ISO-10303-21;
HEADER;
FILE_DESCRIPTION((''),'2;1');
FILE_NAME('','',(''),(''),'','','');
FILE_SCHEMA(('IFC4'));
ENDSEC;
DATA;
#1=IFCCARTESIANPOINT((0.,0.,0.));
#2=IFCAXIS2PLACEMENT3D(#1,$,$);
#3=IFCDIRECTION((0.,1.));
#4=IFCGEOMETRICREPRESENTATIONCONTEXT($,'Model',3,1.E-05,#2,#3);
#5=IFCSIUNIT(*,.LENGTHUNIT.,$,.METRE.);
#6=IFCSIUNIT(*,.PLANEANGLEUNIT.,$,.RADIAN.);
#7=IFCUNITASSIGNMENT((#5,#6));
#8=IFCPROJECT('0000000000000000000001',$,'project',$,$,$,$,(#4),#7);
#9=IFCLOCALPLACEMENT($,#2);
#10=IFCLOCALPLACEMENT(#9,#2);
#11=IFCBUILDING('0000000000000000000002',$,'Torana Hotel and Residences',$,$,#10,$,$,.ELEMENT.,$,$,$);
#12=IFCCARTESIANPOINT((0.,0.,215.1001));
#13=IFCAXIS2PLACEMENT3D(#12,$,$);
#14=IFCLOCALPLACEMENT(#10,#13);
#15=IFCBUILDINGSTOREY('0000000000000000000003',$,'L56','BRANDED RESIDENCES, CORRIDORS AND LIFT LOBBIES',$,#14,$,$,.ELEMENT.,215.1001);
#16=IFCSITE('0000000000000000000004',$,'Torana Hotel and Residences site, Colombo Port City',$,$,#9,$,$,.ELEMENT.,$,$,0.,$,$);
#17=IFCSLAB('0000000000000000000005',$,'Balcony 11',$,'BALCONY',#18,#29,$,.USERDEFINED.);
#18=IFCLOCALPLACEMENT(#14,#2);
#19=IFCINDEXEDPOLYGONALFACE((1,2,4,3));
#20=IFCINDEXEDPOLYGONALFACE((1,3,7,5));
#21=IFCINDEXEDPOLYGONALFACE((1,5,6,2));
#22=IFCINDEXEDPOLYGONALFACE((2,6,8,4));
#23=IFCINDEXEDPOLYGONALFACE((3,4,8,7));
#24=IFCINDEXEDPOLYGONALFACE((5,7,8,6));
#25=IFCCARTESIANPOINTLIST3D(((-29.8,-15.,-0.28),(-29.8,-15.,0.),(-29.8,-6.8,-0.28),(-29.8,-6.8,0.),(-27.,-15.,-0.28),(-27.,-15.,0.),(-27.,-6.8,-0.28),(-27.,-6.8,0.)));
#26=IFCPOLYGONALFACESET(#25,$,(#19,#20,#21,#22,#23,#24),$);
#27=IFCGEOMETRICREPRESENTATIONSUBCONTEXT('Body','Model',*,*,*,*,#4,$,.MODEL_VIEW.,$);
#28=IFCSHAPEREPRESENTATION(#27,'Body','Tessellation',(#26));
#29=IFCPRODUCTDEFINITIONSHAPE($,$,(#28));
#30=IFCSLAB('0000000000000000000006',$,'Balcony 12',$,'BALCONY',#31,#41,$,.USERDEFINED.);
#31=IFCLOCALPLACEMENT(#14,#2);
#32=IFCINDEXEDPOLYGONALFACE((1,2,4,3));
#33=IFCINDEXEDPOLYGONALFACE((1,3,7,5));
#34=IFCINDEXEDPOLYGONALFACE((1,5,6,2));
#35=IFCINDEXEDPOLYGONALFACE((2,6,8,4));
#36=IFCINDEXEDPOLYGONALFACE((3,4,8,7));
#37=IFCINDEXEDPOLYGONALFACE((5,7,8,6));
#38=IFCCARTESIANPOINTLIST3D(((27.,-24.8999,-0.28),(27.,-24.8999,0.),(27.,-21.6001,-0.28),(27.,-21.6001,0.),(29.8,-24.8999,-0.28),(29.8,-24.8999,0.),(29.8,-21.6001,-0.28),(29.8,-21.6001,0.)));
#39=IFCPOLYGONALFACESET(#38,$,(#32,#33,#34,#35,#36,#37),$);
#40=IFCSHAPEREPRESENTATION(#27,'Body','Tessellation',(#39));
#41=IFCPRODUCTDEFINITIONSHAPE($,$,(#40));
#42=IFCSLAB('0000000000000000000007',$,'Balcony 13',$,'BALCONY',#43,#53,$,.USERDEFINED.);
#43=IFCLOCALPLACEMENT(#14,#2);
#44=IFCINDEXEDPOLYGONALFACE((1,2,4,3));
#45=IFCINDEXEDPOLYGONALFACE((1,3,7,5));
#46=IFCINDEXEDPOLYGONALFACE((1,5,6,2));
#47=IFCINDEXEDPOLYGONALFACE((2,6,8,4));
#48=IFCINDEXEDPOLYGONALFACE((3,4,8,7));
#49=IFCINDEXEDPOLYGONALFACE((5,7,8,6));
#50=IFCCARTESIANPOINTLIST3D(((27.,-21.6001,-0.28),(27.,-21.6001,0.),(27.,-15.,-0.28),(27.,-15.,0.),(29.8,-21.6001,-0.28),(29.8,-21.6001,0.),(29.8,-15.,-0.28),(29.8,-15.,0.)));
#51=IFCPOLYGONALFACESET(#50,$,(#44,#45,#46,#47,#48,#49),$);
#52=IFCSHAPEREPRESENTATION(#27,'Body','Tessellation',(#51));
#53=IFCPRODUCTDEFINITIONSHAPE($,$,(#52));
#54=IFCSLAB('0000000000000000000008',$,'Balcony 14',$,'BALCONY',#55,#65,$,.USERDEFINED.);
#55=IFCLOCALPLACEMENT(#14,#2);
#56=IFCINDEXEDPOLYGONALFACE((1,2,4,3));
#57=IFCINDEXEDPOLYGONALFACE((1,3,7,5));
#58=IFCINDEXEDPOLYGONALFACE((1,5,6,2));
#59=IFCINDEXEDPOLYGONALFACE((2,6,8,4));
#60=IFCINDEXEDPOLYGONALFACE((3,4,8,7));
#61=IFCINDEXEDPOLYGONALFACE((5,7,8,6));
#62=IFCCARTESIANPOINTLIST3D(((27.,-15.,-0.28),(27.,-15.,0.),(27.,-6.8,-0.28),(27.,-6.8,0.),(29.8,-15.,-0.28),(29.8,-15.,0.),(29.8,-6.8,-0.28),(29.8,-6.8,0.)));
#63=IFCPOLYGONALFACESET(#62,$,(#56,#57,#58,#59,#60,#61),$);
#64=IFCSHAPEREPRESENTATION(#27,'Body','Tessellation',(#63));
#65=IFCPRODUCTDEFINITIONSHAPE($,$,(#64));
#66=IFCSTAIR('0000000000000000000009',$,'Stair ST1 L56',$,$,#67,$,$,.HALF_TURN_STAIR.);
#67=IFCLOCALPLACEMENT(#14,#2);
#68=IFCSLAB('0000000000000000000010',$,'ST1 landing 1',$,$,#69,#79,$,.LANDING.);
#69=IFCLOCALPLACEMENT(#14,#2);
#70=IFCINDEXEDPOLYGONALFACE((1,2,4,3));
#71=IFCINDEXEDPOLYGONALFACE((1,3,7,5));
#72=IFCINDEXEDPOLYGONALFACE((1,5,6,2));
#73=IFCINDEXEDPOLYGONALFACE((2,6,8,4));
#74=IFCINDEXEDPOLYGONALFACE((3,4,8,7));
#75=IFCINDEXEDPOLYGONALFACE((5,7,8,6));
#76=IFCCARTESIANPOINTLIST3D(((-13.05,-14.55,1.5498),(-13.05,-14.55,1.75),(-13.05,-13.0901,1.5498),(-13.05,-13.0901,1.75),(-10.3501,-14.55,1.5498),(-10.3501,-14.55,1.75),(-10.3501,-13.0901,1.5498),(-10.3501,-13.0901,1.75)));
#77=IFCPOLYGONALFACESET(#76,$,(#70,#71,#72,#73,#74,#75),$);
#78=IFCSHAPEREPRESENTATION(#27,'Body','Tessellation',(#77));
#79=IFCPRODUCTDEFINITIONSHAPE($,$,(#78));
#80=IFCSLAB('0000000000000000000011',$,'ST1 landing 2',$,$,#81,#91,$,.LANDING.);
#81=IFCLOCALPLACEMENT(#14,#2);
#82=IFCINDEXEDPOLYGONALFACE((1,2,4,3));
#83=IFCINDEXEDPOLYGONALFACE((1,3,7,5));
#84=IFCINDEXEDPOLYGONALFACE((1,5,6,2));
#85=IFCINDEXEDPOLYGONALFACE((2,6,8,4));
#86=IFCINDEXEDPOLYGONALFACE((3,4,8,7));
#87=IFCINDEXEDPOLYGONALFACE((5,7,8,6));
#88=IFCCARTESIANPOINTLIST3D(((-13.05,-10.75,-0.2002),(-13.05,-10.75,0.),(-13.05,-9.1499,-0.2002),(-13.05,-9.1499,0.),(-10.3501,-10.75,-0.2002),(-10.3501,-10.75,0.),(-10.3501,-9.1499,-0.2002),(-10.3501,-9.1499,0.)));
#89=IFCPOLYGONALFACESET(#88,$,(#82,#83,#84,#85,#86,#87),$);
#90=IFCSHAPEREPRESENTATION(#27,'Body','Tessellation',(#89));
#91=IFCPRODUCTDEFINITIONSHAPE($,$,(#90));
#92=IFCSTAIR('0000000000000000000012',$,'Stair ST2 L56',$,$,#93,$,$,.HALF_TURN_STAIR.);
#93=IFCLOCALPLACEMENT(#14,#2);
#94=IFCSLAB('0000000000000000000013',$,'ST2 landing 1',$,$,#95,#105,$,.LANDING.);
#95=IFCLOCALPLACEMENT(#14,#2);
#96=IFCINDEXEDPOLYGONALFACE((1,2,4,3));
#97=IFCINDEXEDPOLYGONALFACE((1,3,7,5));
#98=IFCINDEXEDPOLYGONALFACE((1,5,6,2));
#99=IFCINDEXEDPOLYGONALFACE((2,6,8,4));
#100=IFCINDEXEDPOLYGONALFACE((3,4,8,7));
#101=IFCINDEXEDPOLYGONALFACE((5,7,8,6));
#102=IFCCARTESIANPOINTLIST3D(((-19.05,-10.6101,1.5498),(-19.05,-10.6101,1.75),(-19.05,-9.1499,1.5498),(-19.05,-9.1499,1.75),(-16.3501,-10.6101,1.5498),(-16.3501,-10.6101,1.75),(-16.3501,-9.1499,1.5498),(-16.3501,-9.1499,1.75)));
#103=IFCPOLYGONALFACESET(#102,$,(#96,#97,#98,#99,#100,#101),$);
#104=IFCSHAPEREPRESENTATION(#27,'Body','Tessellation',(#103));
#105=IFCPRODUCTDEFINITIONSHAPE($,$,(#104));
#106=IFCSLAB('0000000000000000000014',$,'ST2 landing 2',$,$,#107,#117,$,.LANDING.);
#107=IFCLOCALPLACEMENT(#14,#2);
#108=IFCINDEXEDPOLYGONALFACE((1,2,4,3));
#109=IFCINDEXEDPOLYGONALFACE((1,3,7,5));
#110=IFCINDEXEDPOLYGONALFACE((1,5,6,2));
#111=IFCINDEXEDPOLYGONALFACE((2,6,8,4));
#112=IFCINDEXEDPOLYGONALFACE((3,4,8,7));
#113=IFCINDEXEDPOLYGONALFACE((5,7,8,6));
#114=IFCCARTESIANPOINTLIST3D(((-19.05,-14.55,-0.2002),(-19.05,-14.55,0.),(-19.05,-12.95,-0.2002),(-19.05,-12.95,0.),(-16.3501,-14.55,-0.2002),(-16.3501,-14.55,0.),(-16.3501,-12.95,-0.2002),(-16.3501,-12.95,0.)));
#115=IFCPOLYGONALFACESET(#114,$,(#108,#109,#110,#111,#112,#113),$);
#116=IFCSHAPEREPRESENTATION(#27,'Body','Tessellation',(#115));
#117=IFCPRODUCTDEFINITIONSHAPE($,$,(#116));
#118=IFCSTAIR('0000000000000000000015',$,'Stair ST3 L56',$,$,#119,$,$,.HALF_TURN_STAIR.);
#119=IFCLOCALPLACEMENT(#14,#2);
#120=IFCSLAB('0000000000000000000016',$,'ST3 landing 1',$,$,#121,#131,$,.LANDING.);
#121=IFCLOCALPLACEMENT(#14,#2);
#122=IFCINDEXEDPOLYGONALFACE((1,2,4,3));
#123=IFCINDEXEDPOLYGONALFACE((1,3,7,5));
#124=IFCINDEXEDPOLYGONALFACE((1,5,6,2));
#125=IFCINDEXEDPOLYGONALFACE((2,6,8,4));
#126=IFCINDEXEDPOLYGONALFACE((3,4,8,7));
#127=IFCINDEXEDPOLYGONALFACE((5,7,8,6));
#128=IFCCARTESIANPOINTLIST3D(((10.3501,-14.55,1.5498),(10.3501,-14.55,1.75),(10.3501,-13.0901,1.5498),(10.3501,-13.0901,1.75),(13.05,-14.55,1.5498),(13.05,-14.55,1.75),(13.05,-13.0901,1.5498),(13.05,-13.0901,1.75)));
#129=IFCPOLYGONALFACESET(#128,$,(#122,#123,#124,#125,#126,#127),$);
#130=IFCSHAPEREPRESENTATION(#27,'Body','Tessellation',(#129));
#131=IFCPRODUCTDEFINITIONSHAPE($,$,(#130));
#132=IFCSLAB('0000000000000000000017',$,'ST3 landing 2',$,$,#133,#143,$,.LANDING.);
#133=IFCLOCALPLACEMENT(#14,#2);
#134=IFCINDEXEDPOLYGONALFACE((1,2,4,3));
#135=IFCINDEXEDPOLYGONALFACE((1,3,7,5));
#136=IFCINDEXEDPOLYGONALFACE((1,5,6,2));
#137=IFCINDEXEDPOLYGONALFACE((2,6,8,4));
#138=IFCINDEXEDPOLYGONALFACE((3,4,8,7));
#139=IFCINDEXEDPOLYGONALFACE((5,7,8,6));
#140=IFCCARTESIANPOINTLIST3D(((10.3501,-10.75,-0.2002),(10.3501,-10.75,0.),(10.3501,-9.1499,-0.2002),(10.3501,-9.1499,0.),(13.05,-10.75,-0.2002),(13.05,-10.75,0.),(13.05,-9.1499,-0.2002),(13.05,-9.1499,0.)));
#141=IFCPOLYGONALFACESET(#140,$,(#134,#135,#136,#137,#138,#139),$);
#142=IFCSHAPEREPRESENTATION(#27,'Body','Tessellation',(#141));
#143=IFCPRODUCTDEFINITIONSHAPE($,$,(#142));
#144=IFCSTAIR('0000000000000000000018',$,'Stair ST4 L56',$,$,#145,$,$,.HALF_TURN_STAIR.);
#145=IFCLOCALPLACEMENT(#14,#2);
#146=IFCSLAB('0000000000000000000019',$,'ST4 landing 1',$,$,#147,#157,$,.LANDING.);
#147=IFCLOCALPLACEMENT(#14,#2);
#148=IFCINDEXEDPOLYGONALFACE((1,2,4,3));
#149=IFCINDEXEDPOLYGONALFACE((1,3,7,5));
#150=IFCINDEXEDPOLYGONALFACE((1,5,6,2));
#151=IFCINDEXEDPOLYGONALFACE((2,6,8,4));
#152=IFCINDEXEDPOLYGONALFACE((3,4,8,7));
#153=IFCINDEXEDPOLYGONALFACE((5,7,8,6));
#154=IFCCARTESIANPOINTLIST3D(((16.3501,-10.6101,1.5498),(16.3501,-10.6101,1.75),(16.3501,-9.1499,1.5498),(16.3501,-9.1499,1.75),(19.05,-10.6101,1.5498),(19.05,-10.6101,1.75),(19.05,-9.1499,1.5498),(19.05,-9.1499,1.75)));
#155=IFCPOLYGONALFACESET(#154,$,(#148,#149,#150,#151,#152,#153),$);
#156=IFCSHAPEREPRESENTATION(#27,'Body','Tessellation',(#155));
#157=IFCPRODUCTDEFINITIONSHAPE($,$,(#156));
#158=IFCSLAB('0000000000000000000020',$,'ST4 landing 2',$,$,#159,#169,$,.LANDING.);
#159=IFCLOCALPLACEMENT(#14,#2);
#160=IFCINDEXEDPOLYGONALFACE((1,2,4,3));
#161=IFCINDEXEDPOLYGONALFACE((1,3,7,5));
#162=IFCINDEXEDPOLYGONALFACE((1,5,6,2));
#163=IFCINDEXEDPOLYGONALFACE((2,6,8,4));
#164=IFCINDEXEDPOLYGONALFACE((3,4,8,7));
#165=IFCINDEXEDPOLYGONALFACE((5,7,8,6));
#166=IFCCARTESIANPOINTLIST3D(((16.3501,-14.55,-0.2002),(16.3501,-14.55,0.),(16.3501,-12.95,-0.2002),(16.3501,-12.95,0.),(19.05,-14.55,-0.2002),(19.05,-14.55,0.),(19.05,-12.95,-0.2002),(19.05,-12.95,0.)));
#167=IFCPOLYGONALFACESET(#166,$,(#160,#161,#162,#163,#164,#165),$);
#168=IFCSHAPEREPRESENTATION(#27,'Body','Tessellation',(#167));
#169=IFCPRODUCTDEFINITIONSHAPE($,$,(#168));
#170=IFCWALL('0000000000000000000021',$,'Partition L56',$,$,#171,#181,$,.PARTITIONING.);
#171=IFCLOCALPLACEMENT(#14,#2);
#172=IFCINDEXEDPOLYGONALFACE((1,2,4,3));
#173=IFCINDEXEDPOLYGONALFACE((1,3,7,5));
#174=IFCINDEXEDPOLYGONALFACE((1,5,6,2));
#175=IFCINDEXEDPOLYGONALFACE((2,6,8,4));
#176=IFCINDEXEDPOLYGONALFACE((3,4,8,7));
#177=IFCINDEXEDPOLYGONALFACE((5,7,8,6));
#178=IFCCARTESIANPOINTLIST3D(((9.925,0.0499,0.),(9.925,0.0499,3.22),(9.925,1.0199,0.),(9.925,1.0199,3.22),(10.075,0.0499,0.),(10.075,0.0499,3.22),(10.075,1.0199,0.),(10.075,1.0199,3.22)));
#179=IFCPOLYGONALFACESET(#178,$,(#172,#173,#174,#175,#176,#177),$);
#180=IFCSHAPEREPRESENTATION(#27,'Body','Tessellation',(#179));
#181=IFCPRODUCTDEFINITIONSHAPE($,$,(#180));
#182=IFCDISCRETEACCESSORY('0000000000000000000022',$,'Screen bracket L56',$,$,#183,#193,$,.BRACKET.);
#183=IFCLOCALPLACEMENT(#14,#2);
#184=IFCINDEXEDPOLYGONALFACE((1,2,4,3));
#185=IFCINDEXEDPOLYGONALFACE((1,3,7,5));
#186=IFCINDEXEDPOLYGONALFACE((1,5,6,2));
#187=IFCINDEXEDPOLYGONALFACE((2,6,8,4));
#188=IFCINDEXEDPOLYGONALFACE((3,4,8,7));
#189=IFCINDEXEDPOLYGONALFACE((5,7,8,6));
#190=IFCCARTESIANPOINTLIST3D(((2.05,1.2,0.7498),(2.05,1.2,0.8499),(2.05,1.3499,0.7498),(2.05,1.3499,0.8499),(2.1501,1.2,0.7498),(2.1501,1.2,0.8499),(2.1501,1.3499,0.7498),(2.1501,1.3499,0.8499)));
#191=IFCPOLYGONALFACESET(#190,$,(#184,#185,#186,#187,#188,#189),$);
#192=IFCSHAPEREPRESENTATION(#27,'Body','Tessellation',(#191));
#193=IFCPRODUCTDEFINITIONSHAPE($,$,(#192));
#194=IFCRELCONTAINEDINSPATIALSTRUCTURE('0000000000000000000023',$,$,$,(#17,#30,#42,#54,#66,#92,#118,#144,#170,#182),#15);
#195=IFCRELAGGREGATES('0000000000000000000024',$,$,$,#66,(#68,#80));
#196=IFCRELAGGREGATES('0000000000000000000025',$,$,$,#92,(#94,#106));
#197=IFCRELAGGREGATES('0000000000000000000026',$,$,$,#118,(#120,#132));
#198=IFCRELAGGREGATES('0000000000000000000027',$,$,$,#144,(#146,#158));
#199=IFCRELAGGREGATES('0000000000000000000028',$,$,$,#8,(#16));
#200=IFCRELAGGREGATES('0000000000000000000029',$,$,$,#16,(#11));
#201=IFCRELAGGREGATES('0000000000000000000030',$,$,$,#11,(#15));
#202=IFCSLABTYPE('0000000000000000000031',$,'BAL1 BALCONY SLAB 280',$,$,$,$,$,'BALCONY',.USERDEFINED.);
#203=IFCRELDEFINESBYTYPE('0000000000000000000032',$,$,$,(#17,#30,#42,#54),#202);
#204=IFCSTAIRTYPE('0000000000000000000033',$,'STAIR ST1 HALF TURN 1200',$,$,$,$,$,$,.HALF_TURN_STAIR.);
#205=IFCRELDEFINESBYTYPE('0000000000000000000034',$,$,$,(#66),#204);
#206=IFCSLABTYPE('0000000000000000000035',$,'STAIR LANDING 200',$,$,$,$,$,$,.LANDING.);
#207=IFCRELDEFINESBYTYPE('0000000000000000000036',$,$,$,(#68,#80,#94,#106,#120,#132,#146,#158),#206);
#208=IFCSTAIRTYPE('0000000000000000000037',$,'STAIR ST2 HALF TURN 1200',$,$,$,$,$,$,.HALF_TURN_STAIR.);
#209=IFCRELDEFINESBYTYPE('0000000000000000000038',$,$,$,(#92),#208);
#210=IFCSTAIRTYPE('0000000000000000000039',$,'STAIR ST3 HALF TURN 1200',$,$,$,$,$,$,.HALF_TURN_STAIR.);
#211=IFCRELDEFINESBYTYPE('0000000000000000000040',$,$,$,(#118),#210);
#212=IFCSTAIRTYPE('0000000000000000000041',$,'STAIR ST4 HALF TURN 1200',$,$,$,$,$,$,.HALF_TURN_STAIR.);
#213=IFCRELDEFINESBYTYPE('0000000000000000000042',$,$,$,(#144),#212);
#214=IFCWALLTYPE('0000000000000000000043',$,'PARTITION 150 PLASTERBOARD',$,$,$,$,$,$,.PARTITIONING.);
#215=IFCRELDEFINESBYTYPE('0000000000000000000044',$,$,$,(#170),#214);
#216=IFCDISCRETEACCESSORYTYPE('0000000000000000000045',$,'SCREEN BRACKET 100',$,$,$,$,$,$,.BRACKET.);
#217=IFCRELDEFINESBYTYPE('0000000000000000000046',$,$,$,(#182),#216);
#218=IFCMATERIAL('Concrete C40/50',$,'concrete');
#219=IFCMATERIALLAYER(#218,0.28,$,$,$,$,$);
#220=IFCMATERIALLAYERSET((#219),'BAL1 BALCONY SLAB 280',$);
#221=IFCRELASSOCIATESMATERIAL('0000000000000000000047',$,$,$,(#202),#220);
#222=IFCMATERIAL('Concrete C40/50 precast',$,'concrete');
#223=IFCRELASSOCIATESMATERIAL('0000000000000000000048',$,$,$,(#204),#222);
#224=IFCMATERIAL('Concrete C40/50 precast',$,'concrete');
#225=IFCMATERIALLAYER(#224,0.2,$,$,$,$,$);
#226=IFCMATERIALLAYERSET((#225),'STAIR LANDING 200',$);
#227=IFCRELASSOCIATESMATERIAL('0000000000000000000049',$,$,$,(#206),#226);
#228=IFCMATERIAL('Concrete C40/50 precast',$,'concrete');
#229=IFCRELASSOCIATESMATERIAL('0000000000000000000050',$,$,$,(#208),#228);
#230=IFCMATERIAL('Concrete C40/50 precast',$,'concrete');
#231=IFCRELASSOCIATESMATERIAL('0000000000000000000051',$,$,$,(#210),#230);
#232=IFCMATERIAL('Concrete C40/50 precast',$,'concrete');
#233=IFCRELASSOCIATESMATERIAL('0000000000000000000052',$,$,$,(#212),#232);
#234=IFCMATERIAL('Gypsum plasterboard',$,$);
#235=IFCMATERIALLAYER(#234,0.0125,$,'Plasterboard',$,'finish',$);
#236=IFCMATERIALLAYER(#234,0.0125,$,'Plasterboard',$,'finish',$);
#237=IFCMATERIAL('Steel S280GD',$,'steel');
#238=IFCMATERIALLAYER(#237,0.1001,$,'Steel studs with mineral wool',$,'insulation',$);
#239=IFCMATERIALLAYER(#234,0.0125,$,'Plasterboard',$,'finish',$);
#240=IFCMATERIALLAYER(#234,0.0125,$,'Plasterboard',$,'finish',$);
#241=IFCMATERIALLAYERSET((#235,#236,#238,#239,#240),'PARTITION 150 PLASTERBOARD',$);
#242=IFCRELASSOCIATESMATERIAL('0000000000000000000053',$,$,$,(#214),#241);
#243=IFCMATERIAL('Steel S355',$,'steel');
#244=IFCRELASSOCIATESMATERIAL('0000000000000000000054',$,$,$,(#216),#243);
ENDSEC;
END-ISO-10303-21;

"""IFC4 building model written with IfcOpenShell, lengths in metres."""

from ifc_helpers import new_model, si_unit, direction, frame, frame_2d, origin, origin_2d, place, context, subcontext, project, spatial, polyline, rectangle, outline, extrude, material, layer, layer_set, type_object, element, aggregate, save


model = new_model("IFC4")

# Units and contexts
model_context = context("Model", 3, precision=1e-05, world=origin(), true_north=direction((0.0, 1.0)))
body_context = subcontext(model_context, "Body", "Model", "MODEL_VIEW")
ifc_project = project(units=[si_unit("LENGTHUNIT", "METRE"), si_unit("PLANEANGLEUNIT", "RADIAN")], contexts=[model_context])

# Site, building, storey
site_placement = place(None, origin())
site = spatial("IfcSite", under=ifc_project, at=site_placement, Name="Torana Hotel and Residences site, Colombo Port City", CompositionType="ELEMENT", RefElevation=0.0)
building_placement = place(site_placement, origin())
building = spatial("IfcBuilding", under=site, at=building_placement, Name="Torana Hotel and Residences", CompositionType="ELEMENT")
storey_placement = place(building_placement, frame((0.0, 0.0, 215.1001)))
storey = spatial("IfcBuildingStorey", under=building, at=storey_placement, Name="L56", Description="BRANDED RESIDENCES, CORRIDORS AND LIFT LOBBIES", CompositionType="ELEMENT", Elevation=215.1001)

# Slabs
ifc_material_1 = material(Name="Concrete C40/50", Category="concrete")
ifc_layer_1 = layer(ifc_material_1, 0.28)
ifc_layer_set_1 = layer_set([ifc_layer_1], Name="BAL1 BALCONY SLAB 280")
slab_type_1 = type_object("IfcSlabType", Name="BAL1 BALCONY SLAB 280", ElementType="BALCONY", PredefinedType="USERDEFINED", material=ifc_layer_set_1)
slab_1_placement = place(storey_placement, frame((0.0, 0.0, -0.28)))
element("IfcSlab", 1, at=slab_1_placement, inside=storey, type_object=slab_type_1, Name="Balcony 11", ObjectType="BALCONY", PredefinedType="USERDEFINED", context=body_context, shape_type="SweptSolid", body=[
    extrude(outline(polyline([(-29.8, -15.0), (-27.0, -15.0), (-27.0, -6.8), (-29.8, -6.8), (-29.8, -15.0)])), origin(), (0.0, 0.0, 1.0), 0.28),
])
slab_2_placement = place(storey_placement, frame((0.0, 0.0, -0.28)))
element("IfcSlab", 2, at=slab_2_placement, inside=storey, type_object=slab_type_1, Name="Balcony 12", ObjectType="BALCONY", PredefinedType="USERDEFINED", context=body_context, shape_type="SweptSolid", body=[
    extrude(outline(polyline([(27.0, -24.8999), (29.8, -24.8999), (29.8, -21.6001), (27.0, -21.6001), (27.0, -24.8999)])), origin(), (0.0, 0.0, 1.0), 0.28),
])
slab_3_placement = place(storey_placement, frame((0.0, 0.0, -0.28)))
element("IfcSlab", 3, at=slab_3_placement, inside=storey, type_object=slab_type_1, Name="Balcony 13", ObjectType="BALCONY", PredefinedType="USERDEFINED", context=body_context, shape_type="SweptSolid", body=[
    extrude(outline(polyline([(27.0, -21.6001), (29.8, -21.6001), (29.8, -15.0), (27.0, -15.0), (27.0, -21.6001)])), origin(), (0.0, 0.0, 1.0), 0.28),
])
slab_4_placement = place(storey_placement, frame((0.0, 0.0, -0.28)))
element("IfcSlab", 4, at=slab_4_placement, inside=storey, type_object=slab_type_1, Name="Balcony 14", ObjectType="BALCONY", PredefinedType="USERDEFINED", context=body_context, shape_type="SweptSolid", body=[
    extrude(outline(polyline([(27.0, -15.0), (29.8, -15.0), (29.8, -6.8), (27.0, -6.8), (27.0, -15.0)])), origin(), (0.0, 0.0, 1.0), 0.28),
])

# Stairs, slabs
ifc_material_2 = material(Name="Concrete C40/50 precast", Category="concrete")
stair_type_1 = type_object("IfcStairType", Name="STAIR ST1 HALF TURN 1200", PredefinedType="HALF_TURN_STAIR", material=ifc_material_2)
stair_1_placement = place(storey_placement, origin())
stair_1 = element("IfcStair", 5, at=stair_1_placement, inside=storey, type_object=stair_type_1, Name="Stair ST1 L56", PredefinedType="HALF_TURN_STAIR")
ifc_material_3 = material(Name="Concrete C40/50 precast", Category="concrete")
ifc_layer_2 = layer(ifc_material_3, 0.2)
ifc_layer_set_2 = layer_set([ifc_layer_2], Name="STAIR LANDING 200")
slab_type_2 = type_object("IfcSlabType", Name="STAIR LANDING 200", PredefinedType="LANDING", material=ifc_layer_set_2)
slab_5_placement = place(storey_placement, frame((0.0, 0.0, 1.5498)))
slab_5 = element("IfcSlab", 6, at=slab_5_placement, type_object=slab_type_2, Name="ST1 landing 1", PredefinedType="LANDING", context=body_context, shape_type="SweptSolid", body=[
    extrude(outline(polyline([(-13.05, -14.55), (-10.3501, -14.55), (-10.3501, -13.0901), (-13.05, -13.0901), (-13.05, -14.55)])), origin(), (0.0, 0.0, 1.0), 0.2002),
])
slab_6_placement = place(storey_placement, frame((0.0, 0.0, -0.2002)))
slab_6 = element("IfcSlab", 7, at=slab_6_placement, type_object=slab_type_2, Name="ST1 landing 2", PredefinedType="LANDING", context=body_context, shape_type="SweptSolid", body=[
    extrude(outline(polyline([(-13.05, -10.75), (-10.3501, -10.75), (-10.3501, -9.1499), (-13.05, -9.1499), (-13.05, -10.75)])), origin(), (0.0, 0.0, 1.0), 0.2002),
])
aggregate(stair_1, [slab_5, slab_6])
ifc_material_4 = material(Name="Concrete C40/50 precast", Category="concrete")
stair_type_2 = type_object("IfcStairType", Name="STAIR ST2 HALF TURN 1200", PredefinedType="HALF_TURN_STAIR", material=ifc_material_4)
stair_2_placement = place(storey_placement, origin())
stair_2 = element("IfcStair", 8, at=stair_2_placement, inside=storey, type_object=stair_type_2, Name="Stair ST2 L56", PredefinedType="HALF_TURN_STAIR")
slab_7_placement = place(storey_placement, frame((0.0, 0.0, 1.5498)))
slab_7 = element("IfcSlab", 9, at=slab_7_placement, type_object=slab_type_2, Name="ST2 landing 1", PredefinedType="LANDING", context=body_context, shape_type="SweptSolid", body=[
    extrude(outline(polyline([(-19.05, -10.6101), (-16.3501, -10.6101), (-16.3501, -9.1499), (-19.05, -9.1499), (-19.05, -10.6101)])), origin(), (0.0, 0.0, 1.0), 0.2002),
])
slab_8_placement = place(storey_placement, frame((0.0, 0.0, -0.2002)))
slab_8 = element("IfcSlab", 10, at=slab_8_placement, type_object=slab_type_2, Name="ST2 landing 2", PredefinedType="LANDING", context=body_context, shape_type="SweptSolid", body=[
    extrude(outline(polyline([(-19.05, -14.55), (-16.3501, -14.55), (-16.3501, -12.95), (-19.05, -12.95), (-19.05, -14.55)])), origin(), (0.0, 0.0, 1.0), 0.2002),
])
aggregate(stair_2, [slab_7, slab_8])
ifc_material_5 = material(Name="Concrete C40/50 precast", Category="concrete")
stair_type_3 = type_object("IfcStairType", Name="STAIR ST3 HALF TURN 1200", PredefinedType="HALF_TURN_STAIR", material=ifc_material_5)
stair_3_placement = place(storey_placement, origin())
stair_3 = element("IfcStair", 11, at=stair_3_placement, inside=storey, type_object=stair_type_3, Name="Stair ST3 L56", PredefinedType="HALF_TURN_STAIR")
slab_9_placement = place(storey_placement, frame((0.0, 0.0, 1.5498)))
slab_9 = element("IfcSlab", 12, at=slab_9_placement, type_object=slab_type_2, Name="ST3 landing 1", PredefinedType="LANDING", context=body_context, shape_type="SweptSolid", body=[
    extrude(outline(polyline([(10.3501, -14.55), (13.05, -14.55), (13.05, -13.0901), (10.3501, -13.0901), (10.3501, -14.55)])), origin(), (0.0, 0.0, 1.0), 0.2002),
])
slab_10_placement = place(storey_placement, frame((0.0, 0.0, -0.2002)))
slab_10 = element("IfcSlab", 13, at=slab_10_placement, type_object=slab_type_2, Name="ST3 landing 2", PredefinedType="LANDING", context=body_context, shape_type="SweptSolid", body=[
    extrude(outline(polyline([(10.3501, -10.75), (13.05, -10.75), (13.05, -9.1499), (10.3501, -9.1499), (10.3501, -10.75)])), origin(), (0.0, 0.0, 1.0), 0.2002),
])
aggregate(stair_3, [slab_9, slab_10])
ifc_material_6 = material(Name="Concrete C40/50 precast", Category="concrete")
stair_type_4 = type_object("IfcStairType", Name="STAIR ST4 HALF TURN 1200", PredefinedType="HALF_TURN_STAIR", material=ifc_material_6)
stair_4_placement = place(storey_placement, origin())
stair_4 = element("IfcStair", 14, at=stair_4_placement, inside=storey, type_object=stair_type_4, Name="Stair ST4 L56", PredefinedType="HALF_TURN_STAIR")
slab_11_placement = place(storey_placement, frame((0.0, 0.0, 1.5498)))
slab_11 = element("IfcSlab", 15, at=slab_11_placement, type_object=slab_type_2, Name="ST4 landing 1", PredefinedType="LANDING", context=body_context, shape_type="SweptSolid", body=[
    extrude(outline(polyline([(16.3501, -10.6101), (19.05, -10.6101), (19.05, -9.1499), (16.3501, -9.1499), (16.3501, -10.6101)])), origin(), (0.0, 0.0, 1.0), 0.2002),
])
slab_12_placement = place(storey_placement, frame((0.0, 0.0, -0.2002)))
slab_12 = element("IfcSlab", 16, at=slab_12_placement, type_object=slab_type_2, Name="ST4 landing 2", PredefinedType="LANDING", context=body_context, shape_type="SweptSolid", body=[
    extrude(outline(polyline([(16.3501, -14.55), (19.05, -14.55), (19.05, -12.95), (16.3501, -12.95), (16.3501, -14.55)])), origin(), (0.0, 0.0, 1.0), 0.2002),
])
aggregate(stair_4, [slab_11, slab_12])

# Wall
ifc_material_7 = material(Name="Gypsum plasterboard")
ifc_layer_3 = layer(ifc_material_7, 0.0125, Name="Plasterboard", Category="finish")
ifc_layer_4 = layer(ifc_material_7, 0.0125, Name="Plasterboard", Category="finish")
ifc_material_8 = material(Name="Steel S280GD", Category="steel")
ifc_layer_5 = layer(ifc_material_8, 0.1001, Name="Steel studs with mineral wool", Category="insulation")
ifc_layer_6 = layer(ifc_material_7, 0.0125, Name="Plasterboard", Category="finish")
ifc_layer_7 = layer(ifc_material_7, 0.0125, Name="Plasterboard", Category="finish")
ifc_layer_set_3 = layer_set([ifc_layer_3, ifc_layer_4, ifc_layer_5, ifc_layer_6, ifc_layer_7], Name="PARTITION 150 PLASTERBOARD")
wall_type = type_object("IfcWallType", Name="PARTITION 150 PLASTERBOARD", PredefinedType="PARTITIONING", material=ifc_layer_set_3)
wall_placement = place(storey_placement, frame((10.0, 0.05, 0.0), z_axis=(0.0, 0.0, 1.0), x_axis=(0.0, 1.0, 0.0)))
element("IfcWall", 17, at=wall_placement, inside=storey, type_object=wall_type, Name="Partition L56", PredefinedType="PARTITIONING", context=body_context, shape_type="SweptSolid", body=[
    extrude(rectangle(XDim=0.97, YDim=0.1499, at=frame_2d((0.4849, 0.0))), origin(), (0.0, 0.0, 1.0), 3.22),
])

# Discrete accessory
ifc_material_9 = material(Name="Steel S355", Category="steel")
discrete_accessory_type = type_object("IfcDiscreteAccessoryType", Name="SCREEN BRACKET 100", PredefinedType="BRACKET", material=ifc_material_9)
for number, where, z_axis, x_axis, name in (
    (18, (2.1001, 1.2749, 0.7498), (0.0, 0.0, 1.0), (-1.0, 0.0, 0.0), "Screen bracket L56"),
):
    element("IfcDiscreteAccessory", number, at=place(storey_placement, frame(where, z_axis=z_axis, x_axis=x_axis)), inside=storey, type_object=discrete_accessory_type, Name=name, PredefinedType="BRACKET", context=body_context, shape_type="SweptSolid", body=[
        extrude(rectangle(XDim=0.1001, YDim=0.1499, at=origin_2d()), origin(), (0.0, 0.0, 1.0), 0.1001),
    ])

save(model, "model.ifc")
